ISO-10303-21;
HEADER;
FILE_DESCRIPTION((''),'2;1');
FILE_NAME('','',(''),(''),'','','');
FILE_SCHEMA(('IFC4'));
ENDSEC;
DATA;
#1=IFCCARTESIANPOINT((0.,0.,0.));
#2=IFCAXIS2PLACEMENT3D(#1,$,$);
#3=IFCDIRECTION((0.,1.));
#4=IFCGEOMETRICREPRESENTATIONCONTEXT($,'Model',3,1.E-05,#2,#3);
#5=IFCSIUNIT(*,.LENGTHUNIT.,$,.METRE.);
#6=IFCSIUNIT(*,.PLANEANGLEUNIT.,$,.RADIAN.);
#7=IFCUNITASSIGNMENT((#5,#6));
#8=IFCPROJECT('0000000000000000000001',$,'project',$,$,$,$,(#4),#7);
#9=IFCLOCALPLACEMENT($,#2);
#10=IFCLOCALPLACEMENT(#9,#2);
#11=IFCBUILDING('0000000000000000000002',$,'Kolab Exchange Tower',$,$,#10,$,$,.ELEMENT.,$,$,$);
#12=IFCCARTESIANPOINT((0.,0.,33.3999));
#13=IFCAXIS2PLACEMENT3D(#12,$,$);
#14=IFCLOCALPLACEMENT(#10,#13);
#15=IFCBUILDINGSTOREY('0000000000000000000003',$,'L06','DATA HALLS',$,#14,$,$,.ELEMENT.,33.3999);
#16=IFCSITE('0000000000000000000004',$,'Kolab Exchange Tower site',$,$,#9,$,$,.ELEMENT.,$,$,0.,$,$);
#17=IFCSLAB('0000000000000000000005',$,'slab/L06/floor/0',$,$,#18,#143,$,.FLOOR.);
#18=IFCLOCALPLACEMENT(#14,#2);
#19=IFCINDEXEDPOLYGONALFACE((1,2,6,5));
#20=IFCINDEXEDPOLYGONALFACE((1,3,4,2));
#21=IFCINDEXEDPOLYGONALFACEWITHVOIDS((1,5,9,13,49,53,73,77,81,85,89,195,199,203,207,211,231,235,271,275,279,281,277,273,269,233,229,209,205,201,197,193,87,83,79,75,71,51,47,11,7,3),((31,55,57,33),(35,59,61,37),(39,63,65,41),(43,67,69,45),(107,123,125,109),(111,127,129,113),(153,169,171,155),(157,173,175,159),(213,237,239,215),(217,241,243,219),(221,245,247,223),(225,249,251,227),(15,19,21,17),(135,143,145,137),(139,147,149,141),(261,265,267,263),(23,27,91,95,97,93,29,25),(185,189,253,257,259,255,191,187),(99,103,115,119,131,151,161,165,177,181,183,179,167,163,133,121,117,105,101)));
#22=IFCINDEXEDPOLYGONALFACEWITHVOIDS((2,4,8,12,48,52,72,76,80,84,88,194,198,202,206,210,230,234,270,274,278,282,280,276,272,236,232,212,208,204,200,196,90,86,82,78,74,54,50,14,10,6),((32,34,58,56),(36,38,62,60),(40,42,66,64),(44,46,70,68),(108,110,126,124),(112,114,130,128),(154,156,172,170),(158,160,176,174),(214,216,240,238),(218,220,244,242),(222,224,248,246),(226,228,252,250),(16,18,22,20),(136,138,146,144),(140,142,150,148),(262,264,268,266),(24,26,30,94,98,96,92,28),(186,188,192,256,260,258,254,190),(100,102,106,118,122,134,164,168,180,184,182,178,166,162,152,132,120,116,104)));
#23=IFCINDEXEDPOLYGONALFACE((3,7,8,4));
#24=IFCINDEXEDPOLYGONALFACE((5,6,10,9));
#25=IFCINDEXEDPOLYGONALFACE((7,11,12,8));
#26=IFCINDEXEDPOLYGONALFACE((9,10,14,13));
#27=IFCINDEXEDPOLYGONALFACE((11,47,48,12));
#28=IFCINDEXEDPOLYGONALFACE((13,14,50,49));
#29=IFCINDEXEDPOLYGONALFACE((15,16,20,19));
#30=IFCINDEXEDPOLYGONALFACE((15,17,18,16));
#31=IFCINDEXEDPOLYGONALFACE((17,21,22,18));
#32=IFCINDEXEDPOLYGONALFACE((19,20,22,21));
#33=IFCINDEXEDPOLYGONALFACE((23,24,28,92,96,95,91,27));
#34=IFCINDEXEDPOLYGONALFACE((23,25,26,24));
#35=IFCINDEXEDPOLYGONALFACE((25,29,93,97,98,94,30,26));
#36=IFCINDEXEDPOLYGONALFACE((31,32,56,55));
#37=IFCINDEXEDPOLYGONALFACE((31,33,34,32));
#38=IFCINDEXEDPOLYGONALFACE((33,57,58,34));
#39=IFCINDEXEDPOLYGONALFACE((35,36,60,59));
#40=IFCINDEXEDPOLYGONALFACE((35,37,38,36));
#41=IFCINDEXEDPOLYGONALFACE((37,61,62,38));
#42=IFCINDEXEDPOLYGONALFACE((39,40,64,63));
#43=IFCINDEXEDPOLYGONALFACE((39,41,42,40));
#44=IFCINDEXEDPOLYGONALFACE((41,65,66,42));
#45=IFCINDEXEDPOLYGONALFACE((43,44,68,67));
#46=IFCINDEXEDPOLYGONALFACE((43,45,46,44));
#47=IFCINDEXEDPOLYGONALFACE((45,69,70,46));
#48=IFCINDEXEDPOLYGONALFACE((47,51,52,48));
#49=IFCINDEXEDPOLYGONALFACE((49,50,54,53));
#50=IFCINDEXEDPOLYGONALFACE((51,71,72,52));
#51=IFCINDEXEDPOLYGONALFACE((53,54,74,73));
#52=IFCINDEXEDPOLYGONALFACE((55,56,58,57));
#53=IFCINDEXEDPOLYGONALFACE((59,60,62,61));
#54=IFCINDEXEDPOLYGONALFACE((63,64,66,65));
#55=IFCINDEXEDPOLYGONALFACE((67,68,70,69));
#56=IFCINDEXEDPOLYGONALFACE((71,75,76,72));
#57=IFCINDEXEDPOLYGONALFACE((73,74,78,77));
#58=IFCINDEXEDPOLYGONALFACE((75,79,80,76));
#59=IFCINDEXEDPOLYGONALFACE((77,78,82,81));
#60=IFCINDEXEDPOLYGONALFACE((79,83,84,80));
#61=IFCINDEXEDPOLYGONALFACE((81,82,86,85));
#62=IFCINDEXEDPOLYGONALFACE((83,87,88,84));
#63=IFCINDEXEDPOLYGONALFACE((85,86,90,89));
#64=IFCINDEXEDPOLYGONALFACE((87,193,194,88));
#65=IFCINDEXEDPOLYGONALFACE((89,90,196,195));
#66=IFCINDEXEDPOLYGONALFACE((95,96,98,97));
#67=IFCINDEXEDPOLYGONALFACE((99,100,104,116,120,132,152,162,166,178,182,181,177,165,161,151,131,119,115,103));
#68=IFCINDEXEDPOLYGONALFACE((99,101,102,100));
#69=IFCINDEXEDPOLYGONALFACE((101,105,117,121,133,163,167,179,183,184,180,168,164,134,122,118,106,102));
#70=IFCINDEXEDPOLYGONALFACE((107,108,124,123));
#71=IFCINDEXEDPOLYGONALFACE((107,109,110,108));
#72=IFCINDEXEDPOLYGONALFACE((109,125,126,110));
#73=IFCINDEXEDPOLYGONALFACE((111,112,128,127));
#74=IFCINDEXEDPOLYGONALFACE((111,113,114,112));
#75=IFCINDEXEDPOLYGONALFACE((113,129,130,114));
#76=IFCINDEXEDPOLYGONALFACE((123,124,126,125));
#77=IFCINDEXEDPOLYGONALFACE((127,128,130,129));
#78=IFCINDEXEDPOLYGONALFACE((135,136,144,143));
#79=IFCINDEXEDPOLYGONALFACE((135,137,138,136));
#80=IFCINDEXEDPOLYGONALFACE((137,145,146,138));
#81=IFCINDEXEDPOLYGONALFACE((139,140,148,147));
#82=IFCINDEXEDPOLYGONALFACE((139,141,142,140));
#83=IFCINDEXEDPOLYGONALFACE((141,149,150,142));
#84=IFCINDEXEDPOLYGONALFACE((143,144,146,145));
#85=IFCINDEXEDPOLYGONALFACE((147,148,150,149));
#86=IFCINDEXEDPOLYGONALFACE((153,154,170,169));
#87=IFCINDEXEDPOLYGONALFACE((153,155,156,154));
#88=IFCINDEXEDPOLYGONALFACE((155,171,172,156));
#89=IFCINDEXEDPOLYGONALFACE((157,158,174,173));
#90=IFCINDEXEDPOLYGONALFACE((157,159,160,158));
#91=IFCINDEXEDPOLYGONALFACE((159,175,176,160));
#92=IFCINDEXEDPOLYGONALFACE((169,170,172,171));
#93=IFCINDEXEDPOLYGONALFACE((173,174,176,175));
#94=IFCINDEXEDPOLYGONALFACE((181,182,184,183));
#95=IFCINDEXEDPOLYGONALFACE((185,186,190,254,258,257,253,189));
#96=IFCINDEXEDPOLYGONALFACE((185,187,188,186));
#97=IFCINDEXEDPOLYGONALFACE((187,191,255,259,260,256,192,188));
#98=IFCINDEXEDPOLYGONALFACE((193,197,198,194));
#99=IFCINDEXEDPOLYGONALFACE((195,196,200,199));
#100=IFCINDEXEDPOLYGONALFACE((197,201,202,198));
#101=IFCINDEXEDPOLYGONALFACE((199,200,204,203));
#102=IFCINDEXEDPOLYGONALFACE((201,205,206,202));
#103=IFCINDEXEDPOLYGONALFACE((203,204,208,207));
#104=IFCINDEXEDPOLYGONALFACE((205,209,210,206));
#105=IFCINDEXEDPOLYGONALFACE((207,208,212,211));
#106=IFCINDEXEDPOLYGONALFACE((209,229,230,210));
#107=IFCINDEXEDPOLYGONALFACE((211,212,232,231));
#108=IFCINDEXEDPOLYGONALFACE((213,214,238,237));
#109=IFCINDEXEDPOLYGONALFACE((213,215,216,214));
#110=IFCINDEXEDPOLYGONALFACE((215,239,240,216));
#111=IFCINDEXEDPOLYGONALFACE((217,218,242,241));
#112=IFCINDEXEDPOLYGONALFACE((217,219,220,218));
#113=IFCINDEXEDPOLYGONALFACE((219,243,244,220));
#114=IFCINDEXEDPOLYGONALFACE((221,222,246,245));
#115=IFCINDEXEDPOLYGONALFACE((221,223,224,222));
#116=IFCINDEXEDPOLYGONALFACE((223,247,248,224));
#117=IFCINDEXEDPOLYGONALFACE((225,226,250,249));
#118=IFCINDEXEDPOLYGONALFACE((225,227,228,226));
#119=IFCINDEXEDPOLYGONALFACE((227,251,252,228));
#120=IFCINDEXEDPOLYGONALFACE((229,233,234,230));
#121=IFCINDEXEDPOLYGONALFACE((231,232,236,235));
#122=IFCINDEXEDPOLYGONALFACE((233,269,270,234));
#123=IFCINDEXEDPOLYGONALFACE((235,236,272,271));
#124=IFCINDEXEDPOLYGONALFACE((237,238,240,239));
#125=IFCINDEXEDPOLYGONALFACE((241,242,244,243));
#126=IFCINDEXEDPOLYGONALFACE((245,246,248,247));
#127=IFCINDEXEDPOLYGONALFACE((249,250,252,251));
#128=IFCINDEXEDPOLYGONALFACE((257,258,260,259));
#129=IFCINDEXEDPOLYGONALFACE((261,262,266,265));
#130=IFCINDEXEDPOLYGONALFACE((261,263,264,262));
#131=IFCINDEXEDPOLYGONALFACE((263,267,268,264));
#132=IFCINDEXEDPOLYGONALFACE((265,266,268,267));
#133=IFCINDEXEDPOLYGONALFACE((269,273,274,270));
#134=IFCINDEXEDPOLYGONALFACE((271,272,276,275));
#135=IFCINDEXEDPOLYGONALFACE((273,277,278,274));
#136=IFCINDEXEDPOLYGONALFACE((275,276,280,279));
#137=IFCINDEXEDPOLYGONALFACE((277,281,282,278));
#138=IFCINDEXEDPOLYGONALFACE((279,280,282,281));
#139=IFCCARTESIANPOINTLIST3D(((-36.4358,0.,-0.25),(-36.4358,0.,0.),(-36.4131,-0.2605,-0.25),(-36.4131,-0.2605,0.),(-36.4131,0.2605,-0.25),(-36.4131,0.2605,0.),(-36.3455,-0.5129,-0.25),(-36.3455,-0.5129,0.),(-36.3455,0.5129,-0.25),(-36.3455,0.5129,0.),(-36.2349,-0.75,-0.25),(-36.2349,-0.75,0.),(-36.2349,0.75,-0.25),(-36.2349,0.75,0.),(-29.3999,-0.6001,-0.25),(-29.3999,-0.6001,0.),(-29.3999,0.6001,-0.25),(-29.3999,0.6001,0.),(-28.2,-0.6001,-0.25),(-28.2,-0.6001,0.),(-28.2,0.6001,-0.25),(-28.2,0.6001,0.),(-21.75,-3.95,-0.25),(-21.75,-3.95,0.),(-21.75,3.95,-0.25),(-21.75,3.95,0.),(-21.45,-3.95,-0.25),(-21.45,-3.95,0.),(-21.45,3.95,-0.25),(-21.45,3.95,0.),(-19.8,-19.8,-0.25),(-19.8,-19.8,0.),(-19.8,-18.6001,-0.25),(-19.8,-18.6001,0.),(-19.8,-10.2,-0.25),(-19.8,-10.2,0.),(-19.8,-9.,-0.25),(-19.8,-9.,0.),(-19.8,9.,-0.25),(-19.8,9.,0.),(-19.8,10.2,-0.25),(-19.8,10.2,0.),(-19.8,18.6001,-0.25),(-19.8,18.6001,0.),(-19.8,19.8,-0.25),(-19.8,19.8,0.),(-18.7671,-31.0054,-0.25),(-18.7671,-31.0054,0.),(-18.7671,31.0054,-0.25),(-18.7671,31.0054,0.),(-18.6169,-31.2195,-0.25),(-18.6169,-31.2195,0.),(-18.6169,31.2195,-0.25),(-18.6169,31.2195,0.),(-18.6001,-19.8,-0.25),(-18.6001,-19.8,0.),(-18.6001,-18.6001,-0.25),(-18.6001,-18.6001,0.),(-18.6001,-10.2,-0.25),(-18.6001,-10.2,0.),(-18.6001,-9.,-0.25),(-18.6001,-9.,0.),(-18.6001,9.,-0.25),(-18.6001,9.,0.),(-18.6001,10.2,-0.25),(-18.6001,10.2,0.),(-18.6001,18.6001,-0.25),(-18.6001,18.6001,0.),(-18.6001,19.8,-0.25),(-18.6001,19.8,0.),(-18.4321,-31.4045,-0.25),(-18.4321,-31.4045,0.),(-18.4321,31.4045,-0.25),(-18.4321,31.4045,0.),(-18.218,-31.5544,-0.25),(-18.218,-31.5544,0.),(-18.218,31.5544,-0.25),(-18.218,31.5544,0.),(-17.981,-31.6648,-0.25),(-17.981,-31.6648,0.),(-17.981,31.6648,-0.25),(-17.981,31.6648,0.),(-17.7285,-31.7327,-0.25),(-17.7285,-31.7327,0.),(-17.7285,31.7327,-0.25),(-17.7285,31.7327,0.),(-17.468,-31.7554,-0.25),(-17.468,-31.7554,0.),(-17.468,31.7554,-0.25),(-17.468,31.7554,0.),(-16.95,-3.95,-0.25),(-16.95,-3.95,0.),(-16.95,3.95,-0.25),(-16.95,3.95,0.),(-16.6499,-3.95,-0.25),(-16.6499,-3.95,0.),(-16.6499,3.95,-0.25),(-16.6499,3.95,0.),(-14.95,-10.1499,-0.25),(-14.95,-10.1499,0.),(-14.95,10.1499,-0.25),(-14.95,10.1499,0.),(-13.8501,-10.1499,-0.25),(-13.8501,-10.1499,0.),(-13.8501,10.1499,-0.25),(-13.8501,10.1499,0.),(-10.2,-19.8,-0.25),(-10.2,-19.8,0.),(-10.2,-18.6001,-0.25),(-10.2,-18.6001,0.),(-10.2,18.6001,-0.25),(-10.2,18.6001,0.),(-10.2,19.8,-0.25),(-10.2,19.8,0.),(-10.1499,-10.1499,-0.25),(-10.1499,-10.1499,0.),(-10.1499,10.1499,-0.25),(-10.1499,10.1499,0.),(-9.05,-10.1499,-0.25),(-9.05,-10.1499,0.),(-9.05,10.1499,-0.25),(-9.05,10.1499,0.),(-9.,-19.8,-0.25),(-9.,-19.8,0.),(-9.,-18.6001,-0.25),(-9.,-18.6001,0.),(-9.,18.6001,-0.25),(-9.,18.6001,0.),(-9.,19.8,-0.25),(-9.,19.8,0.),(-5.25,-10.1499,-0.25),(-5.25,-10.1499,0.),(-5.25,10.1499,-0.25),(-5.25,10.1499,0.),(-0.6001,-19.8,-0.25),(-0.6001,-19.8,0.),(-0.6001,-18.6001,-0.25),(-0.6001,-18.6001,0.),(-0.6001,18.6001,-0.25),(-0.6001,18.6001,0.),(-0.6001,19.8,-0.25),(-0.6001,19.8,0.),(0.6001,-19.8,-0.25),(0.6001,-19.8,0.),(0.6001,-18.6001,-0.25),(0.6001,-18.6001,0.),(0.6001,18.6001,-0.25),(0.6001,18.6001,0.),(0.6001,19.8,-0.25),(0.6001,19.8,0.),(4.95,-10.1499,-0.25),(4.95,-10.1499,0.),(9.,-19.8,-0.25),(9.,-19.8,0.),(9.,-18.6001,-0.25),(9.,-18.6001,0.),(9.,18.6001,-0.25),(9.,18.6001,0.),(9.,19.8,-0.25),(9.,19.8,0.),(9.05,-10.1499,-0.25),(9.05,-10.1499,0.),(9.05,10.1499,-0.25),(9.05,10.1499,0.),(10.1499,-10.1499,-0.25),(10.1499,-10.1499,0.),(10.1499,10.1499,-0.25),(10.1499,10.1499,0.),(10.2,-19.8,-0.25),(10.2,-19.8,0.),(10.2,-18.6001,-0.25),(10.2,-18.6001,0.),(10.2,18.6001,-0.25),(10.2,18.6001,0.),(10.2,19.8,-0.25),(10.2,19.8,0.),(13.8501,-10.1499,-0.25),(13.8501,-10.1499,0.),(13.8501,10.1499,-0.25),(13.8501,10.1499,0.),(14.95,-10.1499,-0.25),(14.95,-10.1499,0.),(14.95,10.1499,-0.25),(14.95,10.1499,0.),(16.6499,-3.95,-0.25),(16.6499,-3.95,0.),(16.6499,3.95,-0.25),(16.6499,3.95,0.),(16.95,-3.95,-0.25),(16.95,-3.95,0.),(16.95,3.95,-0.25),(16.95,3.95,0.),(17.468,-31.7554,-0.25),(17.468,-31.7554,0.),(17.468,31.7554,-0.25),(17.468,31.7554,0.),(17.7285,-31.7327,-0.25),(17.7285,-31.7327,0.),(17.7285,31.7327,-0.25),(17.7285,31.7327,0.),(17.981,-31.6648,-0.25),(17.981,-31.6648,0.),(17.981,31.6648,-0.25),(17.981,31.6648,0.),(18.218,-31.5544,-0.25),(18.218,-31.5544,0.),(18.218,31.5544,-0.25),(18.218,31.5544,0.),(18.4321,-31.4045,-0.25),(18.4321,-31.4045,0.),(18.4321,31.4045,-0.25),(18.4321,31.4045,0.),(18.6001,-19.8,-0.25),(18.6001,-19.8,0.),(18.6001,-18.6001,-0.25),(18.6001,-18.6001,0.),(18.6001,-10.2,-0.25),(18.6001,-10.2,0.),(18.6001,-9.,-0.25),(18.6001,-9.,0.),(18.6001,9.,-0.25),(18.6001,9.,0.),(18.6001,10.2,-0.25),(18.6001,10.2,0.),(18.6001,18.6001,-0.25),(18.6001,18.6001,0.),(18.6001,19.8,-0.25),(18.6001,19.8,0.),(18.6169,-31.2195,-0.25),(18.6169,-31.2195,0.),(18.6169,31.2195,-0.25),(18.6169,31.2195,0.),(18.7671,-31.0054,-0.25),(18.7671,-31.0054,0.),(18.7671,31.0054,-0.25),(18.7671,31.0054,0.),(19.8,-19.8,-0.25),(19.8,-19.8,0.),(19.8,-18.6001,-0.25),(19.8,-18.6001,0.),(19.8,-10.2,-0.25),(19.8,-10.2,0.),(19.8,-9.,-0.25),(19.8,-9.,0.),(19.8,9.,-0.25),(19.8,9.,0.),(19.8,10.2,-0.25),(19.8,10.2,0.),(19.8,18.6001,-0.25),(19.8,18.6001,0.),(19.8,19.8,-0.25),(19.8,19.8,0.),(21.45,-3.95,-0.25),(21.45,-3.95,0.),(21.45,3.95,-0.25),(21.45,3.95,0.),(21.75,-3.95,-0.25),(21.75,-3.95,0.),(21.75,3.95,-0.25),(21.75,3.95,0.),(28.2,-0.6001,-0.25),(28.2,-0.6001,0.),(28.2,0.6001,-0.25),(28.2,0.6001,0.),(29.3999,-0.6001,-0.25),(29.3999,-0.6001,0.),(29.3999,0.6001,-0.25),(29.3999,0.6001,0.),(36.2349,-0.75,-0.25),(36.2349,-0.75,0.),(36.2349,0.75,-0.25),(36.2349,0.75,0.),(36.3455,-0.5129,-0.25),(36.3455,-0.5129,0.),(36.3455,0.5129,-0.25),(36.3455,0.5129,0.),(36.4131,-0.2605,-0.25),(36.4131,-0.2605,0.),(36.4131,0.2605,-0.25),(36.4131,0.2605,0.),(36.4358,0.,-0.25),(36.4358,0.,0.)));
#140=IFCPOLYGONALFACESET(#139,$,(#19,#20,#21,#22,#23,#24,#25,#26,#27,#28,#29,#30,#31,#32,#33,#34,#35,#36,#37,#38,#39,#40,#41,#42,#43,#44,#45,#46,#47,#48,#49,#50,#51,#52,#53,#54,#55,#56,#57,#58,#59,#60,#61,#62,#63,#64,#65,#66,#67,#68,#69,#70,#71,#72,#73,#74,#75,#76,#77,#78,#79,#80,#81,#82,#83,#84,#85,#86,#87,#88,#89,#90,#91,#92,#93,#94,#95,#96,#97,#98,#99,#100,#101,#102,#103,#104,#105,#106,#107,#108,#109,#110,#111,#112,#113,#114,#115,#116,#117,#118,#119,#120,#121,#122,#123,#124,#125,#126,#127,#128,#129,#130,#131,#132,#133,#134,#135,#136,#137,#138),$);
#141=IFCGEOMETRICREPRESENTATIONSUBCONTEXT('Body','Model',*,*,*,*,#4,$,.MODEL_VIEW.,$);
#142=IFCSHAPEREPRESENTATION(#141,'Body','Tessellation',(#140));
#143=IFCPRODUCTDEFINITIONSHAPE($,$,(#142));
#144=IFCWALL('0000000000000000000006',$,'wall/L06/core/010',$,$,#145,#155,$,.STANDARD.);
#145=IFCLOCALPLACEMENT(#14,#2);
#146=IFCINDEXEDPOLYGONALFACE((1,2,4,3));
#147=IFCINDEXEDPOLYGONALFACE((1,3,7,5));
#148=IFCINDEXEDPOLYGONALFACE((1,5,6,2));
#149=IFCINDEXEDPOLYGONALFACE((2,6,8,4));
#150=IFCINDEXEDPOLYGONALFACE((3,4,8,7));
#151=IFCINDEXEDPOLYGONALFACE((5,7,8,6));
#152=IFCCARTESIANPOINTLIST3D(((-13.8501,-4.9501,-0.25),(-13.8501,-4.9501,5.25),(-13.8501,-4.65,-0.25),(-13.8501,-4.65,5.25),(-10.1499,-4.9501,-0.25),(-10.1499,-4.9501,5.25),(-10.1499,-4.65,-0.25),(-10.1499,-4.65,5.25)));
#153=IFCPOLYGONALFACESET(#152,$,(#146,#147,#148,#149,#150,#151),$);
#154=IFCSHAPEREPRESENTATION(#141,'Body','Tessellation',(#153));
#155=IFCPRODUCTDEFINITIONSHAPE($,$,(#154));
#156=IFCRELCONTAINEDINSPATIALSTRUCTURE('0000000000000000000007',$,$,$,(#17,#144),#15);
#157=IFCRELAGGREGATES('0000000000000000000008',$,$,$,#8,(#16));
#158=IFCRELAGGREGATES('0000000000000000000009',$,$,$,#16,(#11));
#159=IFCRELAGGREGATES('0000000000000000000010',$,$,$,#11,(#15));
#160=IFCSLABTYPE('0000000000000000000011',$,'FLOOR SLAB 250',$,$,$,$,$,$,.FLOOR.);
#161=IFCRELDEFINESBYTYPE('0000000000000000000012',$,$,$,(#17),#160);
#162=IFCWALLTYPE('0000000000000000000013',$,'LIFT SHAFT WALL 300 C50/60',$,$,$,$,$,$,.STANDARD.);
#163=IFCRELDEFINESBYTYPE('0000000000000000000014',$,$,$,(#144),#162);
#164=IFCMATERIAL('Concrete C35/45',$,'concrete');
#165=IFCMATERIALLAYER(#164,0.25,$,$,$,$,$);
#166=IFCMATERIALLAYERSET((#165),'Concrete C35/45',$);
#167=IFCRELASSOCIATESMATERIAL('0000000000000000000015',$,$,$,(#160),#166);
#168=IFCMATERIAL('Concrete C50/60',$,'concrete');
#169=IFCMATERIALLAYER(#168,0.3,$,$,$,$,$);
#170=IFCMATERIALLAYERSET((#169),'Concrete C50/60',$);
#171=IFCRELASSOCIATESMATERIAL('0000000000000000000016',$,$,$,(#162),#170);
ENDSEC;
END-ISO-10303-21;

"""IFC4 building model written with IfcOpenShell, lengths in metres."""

from ifc_helpers import new_model, si_unit, direction, frame, frame_2d, origin, place, context, subcontext, project, spatial, polyline, rectangle, outline, extrude, material, layer, layer_set, type_object, element, save


model = new_model("IFC4")

# Units and contexts
model_context = context("Model", 3, precision=1e-05, world=origin(), true_north=direction((0.0, 1.0)))
body_context = subcontext(model_context, "Body", "Model", "MODEL_VIEW")
ifc_project = project(units=[si_unit("LENGTHUNIT", "METRE"), si_unit("PLANEANGLEUNIT", "RADIAN")], contexts=[model_context])

# Site, building, storey
site_placement = place(None, origin())
site = spatial("IfcSite", under=ifc_project, at=site_placement, Name="Kolab Exchange Tower site", CompositionType="ELEMENT", RefElevation=0.0)
building_placement = place(site_placement, origin())
building = spatial("IfcBuilding", under=site, at=building_placement, Name="Kolab Exchange Tower", CompositionType="ELEMENT")
storey_placement = place(building_placement, frame((0.0, 0.0, 33.3999)))
storey = spatial("IfcBuildingStorey", under=building, at=storey_placement, Name="L06", Description="DATA HALLS", CompositionType="ELEMENT", Elevation=33.3999)

# Slab
ifc_material_1 = material(Name="Concrete C35/45", Category="concrete")
ifc_layer_1 = layer(ifc_material_1, 0.25)
ifc_layer_set_1 = layer_set([ifc_layer_1], Name="Concrete C35/45")
slab_type = type_object("IfcSlabType", Name="FLOOR SLAB 250", PredefinedType="FLOOR", material=ifc_layer_set_1)
slab_placement = place(storey_placement, frame((0.0, 0.0, -0.25)))
element("IfcSlab", 1, at=slab_placement, inside=storey, type_object=slab_type, Name="slab/L06/floor/0", PredefinedType="FLOOR", context=body_context, shape_type="SweptSolid", body=[
    extrude(outline(polyline([(18.7671, -31.0054), (36.2349, -0.75), (36.3455, -0.5129), (36.4131, -0.2605), (36.4358, 0.0), (36.4131, 0.2605), (36.3455, 0.5129), (36.2349, 0.75), (18.7671, 31.0054), (18.6169, 31.2195), (18.4321, 31.4045), (18.218, 31.5544), (17.981, 31.6648), (17.7285, 31.7327), (17.468, 31.7554), (-17.468, 31.7554), (-17.7285, 31.7327), (-17.981, 31.6648), (-18.218, 31.5544), (-18.4321, 31.4045), (-18.6169, 31.2195), (-18.7671, 31.0054), (-36.2349, 0.75), (-36.3455, 0.5129), (-36.4131, 0.2605), (-36.4358, 0.0), (-36.4131, -0.2605), (-36.3455, -0.5129), (-36.2349, -0.75), (-18.7671, -31.0054), (-18.6169, -31.2195), (-18.4321, -31.4045), (-18.218, -31.5544), (-17.981, -31.6648), (-17.7285, -31.7327), (-17.468, -31.7554), (17.468, -31.7554), (17.7285, -31.7327), (17.981, -31.6648), (18.218, -31.5544), (18.4321, -31.4045), (18.6169, -31.2195), (18.7671, -31.0054)]), holes=[polyline([(-19.8, -18.6001), (-18.6001, -18.6001), (-18.6001, -19.8), (-19.8, -19.8), (-19.8, -18.6001)]), polyline([(-18.6001, -9.0), (-18.6001, -10.2), (-19.8, -10.2), (-19.8, -9.0), (-18.6001, -9.0)]), polyline([(-21.75, -3.95), (-21.75, 3.95), (-21.45, 3.95), (-16.95, 3.95), (-16.6499, 3.95), (-16.6499, -3.95), (-16.95, -3.95), (-21.45, -3.95), (-21.75, -3.95)]), polyline([(-14.95, 10.1499), (-13.8501, 10.1499), (-10.1499, 10.1499), (-9.05, 10.1499), (-5.25, 10.1499), (9.05, 10.1499), (10.1499, 10.1499), (13.8501, 10.1499), (14.95, 10.1499), (14.95, -10.1499), (13.8501, -10.1499), (10.1499, -10.1499), (9.05, -10.1499), (4.95, -10.1499), (-5.25, -10.1499), (-9.05, -10.1499), (-10.1499, -10.1499), (-13.8501, -10.1499), (-14.95, -10.1499), (-14.95, 10.1499)]), polyline([(-28.2, 0.6001), (-28.2, -0.6001), (-29.3999, -0.6001), (-29.3999, 0.6001), (-28.2, 0.6001)]), polyline([(-18.6001, 10.2), (-18.6001, 9.0), (-19.8, 9.0), (-19.8, 10.2), (-18.6001, 10.2)]), polyline([(-19.8, 19.8), (-18.6001, 19.8), (-18.6001, 18.6001), (-19.8, 18.6001), (-19.8, 19.8)]), polyline([(-9.0, -18.6001), (-9.0, -19.8), (-10.2, -19.8), (-10.2, -18.6001), (-9.0, -18.6001)]), polyline([(-9.0, 19.8), (-9.0, 18.6001), (-10.2, 18.6001), (-10.2, 19.8), (-9.0, 19.8)]), polyline([(0.6001, -18.6001), (0.6001, -19.8), (-0.6001, -19.8), (-0.6001, -18.6001), (0.6001, -18.6001)]), polyline([(0.6001, 19.8), (0.6001, 18.6001), (-0.6001, 18.6001), (-0.6001, 19.8), (0.6001, 19.8)]), polyline([(10.2, -18.6001), (10.2, -19.8), (9.0, -19.8), (9.0, -18.6001), (10.2, -18.6001)]), polyline([(9.0, 19.8), (10.2, 19.8), (10.2, 18.6001), (9.0, 18.6001), (9.0, 19.8)]), polyline([(19.8, -18.6001), (19.8, -19.8), (18.6001, -19.8), (18.6001, -18.6001), (19.8, -18.6001)]), polyline([(19.8, -9.0), (19.8, -10.2), (18.6001, -10.2), (18.6001, -9.0), (19.8, -9.0)]), polyline([(16.95, -3.95), (16.6499, -3.95), (16.6499, 3.95), (16.95, 3.95), (21.45, 3.95), (21.75, 3.95), (21.75, -3.95), (21.45, -3.95), (16.95, -3.95)]), polyline([(29.3999, 0.6001), (29.3999, -0.6001), (28.2, -0.6001), (28.2, 0.6001), (29.3999, 0.6001)]), polyline([(18.6001, 10.2), (19.8, 10.2), (19.8, 9.0), (18.6001, 9.0), (18.6001, 10.2)]), polyline([(18.6001, 19.8), (19.8, 19.8), (19.8, 18.6001), (18.6001, 18.6001), (18.6001, 19.8)])]), origin(), (0.0, 0.0, 1.0), 0.25),
])

# Wall
ifc_material_2 = material(Name="Concrete C50/60", Category="concrete")
ifc_layer_2 = layer(ifc_material_2, 0.3)
ifc_layer_set_2 = layer_set([ifc_layer_2], Name="Concrete C50/60")
wall_type_1 = type_object("IfcWallType", Name="LIFT SHAFT WALL 300 C50/60", PredefinedType="STANDARD", material=ifc_layer_set_2)
wall_1_placement = place(storey_placement, frame((-13.8501, -4.8, -0.25), z_axis=(0.0, 0.0, 1.0), x_axis=(1.0, 0.0, 0.0)))
element("IfcWall", 2, at=wall_1_placement, inside=storey, type_object=wall_type_1, Name="wall/L06/core/010", PredefinedType="STANDARD", context=body_context, shape_type="SweptSolid", body=[
    extrude(rectangle(XDim=3.7002, YDim=0.3, at=frame_2d((1.8501, 0.0))), origin(), (0.0, 0.0, 1.0), 5.5),
])

save(model, "model.ifc")
